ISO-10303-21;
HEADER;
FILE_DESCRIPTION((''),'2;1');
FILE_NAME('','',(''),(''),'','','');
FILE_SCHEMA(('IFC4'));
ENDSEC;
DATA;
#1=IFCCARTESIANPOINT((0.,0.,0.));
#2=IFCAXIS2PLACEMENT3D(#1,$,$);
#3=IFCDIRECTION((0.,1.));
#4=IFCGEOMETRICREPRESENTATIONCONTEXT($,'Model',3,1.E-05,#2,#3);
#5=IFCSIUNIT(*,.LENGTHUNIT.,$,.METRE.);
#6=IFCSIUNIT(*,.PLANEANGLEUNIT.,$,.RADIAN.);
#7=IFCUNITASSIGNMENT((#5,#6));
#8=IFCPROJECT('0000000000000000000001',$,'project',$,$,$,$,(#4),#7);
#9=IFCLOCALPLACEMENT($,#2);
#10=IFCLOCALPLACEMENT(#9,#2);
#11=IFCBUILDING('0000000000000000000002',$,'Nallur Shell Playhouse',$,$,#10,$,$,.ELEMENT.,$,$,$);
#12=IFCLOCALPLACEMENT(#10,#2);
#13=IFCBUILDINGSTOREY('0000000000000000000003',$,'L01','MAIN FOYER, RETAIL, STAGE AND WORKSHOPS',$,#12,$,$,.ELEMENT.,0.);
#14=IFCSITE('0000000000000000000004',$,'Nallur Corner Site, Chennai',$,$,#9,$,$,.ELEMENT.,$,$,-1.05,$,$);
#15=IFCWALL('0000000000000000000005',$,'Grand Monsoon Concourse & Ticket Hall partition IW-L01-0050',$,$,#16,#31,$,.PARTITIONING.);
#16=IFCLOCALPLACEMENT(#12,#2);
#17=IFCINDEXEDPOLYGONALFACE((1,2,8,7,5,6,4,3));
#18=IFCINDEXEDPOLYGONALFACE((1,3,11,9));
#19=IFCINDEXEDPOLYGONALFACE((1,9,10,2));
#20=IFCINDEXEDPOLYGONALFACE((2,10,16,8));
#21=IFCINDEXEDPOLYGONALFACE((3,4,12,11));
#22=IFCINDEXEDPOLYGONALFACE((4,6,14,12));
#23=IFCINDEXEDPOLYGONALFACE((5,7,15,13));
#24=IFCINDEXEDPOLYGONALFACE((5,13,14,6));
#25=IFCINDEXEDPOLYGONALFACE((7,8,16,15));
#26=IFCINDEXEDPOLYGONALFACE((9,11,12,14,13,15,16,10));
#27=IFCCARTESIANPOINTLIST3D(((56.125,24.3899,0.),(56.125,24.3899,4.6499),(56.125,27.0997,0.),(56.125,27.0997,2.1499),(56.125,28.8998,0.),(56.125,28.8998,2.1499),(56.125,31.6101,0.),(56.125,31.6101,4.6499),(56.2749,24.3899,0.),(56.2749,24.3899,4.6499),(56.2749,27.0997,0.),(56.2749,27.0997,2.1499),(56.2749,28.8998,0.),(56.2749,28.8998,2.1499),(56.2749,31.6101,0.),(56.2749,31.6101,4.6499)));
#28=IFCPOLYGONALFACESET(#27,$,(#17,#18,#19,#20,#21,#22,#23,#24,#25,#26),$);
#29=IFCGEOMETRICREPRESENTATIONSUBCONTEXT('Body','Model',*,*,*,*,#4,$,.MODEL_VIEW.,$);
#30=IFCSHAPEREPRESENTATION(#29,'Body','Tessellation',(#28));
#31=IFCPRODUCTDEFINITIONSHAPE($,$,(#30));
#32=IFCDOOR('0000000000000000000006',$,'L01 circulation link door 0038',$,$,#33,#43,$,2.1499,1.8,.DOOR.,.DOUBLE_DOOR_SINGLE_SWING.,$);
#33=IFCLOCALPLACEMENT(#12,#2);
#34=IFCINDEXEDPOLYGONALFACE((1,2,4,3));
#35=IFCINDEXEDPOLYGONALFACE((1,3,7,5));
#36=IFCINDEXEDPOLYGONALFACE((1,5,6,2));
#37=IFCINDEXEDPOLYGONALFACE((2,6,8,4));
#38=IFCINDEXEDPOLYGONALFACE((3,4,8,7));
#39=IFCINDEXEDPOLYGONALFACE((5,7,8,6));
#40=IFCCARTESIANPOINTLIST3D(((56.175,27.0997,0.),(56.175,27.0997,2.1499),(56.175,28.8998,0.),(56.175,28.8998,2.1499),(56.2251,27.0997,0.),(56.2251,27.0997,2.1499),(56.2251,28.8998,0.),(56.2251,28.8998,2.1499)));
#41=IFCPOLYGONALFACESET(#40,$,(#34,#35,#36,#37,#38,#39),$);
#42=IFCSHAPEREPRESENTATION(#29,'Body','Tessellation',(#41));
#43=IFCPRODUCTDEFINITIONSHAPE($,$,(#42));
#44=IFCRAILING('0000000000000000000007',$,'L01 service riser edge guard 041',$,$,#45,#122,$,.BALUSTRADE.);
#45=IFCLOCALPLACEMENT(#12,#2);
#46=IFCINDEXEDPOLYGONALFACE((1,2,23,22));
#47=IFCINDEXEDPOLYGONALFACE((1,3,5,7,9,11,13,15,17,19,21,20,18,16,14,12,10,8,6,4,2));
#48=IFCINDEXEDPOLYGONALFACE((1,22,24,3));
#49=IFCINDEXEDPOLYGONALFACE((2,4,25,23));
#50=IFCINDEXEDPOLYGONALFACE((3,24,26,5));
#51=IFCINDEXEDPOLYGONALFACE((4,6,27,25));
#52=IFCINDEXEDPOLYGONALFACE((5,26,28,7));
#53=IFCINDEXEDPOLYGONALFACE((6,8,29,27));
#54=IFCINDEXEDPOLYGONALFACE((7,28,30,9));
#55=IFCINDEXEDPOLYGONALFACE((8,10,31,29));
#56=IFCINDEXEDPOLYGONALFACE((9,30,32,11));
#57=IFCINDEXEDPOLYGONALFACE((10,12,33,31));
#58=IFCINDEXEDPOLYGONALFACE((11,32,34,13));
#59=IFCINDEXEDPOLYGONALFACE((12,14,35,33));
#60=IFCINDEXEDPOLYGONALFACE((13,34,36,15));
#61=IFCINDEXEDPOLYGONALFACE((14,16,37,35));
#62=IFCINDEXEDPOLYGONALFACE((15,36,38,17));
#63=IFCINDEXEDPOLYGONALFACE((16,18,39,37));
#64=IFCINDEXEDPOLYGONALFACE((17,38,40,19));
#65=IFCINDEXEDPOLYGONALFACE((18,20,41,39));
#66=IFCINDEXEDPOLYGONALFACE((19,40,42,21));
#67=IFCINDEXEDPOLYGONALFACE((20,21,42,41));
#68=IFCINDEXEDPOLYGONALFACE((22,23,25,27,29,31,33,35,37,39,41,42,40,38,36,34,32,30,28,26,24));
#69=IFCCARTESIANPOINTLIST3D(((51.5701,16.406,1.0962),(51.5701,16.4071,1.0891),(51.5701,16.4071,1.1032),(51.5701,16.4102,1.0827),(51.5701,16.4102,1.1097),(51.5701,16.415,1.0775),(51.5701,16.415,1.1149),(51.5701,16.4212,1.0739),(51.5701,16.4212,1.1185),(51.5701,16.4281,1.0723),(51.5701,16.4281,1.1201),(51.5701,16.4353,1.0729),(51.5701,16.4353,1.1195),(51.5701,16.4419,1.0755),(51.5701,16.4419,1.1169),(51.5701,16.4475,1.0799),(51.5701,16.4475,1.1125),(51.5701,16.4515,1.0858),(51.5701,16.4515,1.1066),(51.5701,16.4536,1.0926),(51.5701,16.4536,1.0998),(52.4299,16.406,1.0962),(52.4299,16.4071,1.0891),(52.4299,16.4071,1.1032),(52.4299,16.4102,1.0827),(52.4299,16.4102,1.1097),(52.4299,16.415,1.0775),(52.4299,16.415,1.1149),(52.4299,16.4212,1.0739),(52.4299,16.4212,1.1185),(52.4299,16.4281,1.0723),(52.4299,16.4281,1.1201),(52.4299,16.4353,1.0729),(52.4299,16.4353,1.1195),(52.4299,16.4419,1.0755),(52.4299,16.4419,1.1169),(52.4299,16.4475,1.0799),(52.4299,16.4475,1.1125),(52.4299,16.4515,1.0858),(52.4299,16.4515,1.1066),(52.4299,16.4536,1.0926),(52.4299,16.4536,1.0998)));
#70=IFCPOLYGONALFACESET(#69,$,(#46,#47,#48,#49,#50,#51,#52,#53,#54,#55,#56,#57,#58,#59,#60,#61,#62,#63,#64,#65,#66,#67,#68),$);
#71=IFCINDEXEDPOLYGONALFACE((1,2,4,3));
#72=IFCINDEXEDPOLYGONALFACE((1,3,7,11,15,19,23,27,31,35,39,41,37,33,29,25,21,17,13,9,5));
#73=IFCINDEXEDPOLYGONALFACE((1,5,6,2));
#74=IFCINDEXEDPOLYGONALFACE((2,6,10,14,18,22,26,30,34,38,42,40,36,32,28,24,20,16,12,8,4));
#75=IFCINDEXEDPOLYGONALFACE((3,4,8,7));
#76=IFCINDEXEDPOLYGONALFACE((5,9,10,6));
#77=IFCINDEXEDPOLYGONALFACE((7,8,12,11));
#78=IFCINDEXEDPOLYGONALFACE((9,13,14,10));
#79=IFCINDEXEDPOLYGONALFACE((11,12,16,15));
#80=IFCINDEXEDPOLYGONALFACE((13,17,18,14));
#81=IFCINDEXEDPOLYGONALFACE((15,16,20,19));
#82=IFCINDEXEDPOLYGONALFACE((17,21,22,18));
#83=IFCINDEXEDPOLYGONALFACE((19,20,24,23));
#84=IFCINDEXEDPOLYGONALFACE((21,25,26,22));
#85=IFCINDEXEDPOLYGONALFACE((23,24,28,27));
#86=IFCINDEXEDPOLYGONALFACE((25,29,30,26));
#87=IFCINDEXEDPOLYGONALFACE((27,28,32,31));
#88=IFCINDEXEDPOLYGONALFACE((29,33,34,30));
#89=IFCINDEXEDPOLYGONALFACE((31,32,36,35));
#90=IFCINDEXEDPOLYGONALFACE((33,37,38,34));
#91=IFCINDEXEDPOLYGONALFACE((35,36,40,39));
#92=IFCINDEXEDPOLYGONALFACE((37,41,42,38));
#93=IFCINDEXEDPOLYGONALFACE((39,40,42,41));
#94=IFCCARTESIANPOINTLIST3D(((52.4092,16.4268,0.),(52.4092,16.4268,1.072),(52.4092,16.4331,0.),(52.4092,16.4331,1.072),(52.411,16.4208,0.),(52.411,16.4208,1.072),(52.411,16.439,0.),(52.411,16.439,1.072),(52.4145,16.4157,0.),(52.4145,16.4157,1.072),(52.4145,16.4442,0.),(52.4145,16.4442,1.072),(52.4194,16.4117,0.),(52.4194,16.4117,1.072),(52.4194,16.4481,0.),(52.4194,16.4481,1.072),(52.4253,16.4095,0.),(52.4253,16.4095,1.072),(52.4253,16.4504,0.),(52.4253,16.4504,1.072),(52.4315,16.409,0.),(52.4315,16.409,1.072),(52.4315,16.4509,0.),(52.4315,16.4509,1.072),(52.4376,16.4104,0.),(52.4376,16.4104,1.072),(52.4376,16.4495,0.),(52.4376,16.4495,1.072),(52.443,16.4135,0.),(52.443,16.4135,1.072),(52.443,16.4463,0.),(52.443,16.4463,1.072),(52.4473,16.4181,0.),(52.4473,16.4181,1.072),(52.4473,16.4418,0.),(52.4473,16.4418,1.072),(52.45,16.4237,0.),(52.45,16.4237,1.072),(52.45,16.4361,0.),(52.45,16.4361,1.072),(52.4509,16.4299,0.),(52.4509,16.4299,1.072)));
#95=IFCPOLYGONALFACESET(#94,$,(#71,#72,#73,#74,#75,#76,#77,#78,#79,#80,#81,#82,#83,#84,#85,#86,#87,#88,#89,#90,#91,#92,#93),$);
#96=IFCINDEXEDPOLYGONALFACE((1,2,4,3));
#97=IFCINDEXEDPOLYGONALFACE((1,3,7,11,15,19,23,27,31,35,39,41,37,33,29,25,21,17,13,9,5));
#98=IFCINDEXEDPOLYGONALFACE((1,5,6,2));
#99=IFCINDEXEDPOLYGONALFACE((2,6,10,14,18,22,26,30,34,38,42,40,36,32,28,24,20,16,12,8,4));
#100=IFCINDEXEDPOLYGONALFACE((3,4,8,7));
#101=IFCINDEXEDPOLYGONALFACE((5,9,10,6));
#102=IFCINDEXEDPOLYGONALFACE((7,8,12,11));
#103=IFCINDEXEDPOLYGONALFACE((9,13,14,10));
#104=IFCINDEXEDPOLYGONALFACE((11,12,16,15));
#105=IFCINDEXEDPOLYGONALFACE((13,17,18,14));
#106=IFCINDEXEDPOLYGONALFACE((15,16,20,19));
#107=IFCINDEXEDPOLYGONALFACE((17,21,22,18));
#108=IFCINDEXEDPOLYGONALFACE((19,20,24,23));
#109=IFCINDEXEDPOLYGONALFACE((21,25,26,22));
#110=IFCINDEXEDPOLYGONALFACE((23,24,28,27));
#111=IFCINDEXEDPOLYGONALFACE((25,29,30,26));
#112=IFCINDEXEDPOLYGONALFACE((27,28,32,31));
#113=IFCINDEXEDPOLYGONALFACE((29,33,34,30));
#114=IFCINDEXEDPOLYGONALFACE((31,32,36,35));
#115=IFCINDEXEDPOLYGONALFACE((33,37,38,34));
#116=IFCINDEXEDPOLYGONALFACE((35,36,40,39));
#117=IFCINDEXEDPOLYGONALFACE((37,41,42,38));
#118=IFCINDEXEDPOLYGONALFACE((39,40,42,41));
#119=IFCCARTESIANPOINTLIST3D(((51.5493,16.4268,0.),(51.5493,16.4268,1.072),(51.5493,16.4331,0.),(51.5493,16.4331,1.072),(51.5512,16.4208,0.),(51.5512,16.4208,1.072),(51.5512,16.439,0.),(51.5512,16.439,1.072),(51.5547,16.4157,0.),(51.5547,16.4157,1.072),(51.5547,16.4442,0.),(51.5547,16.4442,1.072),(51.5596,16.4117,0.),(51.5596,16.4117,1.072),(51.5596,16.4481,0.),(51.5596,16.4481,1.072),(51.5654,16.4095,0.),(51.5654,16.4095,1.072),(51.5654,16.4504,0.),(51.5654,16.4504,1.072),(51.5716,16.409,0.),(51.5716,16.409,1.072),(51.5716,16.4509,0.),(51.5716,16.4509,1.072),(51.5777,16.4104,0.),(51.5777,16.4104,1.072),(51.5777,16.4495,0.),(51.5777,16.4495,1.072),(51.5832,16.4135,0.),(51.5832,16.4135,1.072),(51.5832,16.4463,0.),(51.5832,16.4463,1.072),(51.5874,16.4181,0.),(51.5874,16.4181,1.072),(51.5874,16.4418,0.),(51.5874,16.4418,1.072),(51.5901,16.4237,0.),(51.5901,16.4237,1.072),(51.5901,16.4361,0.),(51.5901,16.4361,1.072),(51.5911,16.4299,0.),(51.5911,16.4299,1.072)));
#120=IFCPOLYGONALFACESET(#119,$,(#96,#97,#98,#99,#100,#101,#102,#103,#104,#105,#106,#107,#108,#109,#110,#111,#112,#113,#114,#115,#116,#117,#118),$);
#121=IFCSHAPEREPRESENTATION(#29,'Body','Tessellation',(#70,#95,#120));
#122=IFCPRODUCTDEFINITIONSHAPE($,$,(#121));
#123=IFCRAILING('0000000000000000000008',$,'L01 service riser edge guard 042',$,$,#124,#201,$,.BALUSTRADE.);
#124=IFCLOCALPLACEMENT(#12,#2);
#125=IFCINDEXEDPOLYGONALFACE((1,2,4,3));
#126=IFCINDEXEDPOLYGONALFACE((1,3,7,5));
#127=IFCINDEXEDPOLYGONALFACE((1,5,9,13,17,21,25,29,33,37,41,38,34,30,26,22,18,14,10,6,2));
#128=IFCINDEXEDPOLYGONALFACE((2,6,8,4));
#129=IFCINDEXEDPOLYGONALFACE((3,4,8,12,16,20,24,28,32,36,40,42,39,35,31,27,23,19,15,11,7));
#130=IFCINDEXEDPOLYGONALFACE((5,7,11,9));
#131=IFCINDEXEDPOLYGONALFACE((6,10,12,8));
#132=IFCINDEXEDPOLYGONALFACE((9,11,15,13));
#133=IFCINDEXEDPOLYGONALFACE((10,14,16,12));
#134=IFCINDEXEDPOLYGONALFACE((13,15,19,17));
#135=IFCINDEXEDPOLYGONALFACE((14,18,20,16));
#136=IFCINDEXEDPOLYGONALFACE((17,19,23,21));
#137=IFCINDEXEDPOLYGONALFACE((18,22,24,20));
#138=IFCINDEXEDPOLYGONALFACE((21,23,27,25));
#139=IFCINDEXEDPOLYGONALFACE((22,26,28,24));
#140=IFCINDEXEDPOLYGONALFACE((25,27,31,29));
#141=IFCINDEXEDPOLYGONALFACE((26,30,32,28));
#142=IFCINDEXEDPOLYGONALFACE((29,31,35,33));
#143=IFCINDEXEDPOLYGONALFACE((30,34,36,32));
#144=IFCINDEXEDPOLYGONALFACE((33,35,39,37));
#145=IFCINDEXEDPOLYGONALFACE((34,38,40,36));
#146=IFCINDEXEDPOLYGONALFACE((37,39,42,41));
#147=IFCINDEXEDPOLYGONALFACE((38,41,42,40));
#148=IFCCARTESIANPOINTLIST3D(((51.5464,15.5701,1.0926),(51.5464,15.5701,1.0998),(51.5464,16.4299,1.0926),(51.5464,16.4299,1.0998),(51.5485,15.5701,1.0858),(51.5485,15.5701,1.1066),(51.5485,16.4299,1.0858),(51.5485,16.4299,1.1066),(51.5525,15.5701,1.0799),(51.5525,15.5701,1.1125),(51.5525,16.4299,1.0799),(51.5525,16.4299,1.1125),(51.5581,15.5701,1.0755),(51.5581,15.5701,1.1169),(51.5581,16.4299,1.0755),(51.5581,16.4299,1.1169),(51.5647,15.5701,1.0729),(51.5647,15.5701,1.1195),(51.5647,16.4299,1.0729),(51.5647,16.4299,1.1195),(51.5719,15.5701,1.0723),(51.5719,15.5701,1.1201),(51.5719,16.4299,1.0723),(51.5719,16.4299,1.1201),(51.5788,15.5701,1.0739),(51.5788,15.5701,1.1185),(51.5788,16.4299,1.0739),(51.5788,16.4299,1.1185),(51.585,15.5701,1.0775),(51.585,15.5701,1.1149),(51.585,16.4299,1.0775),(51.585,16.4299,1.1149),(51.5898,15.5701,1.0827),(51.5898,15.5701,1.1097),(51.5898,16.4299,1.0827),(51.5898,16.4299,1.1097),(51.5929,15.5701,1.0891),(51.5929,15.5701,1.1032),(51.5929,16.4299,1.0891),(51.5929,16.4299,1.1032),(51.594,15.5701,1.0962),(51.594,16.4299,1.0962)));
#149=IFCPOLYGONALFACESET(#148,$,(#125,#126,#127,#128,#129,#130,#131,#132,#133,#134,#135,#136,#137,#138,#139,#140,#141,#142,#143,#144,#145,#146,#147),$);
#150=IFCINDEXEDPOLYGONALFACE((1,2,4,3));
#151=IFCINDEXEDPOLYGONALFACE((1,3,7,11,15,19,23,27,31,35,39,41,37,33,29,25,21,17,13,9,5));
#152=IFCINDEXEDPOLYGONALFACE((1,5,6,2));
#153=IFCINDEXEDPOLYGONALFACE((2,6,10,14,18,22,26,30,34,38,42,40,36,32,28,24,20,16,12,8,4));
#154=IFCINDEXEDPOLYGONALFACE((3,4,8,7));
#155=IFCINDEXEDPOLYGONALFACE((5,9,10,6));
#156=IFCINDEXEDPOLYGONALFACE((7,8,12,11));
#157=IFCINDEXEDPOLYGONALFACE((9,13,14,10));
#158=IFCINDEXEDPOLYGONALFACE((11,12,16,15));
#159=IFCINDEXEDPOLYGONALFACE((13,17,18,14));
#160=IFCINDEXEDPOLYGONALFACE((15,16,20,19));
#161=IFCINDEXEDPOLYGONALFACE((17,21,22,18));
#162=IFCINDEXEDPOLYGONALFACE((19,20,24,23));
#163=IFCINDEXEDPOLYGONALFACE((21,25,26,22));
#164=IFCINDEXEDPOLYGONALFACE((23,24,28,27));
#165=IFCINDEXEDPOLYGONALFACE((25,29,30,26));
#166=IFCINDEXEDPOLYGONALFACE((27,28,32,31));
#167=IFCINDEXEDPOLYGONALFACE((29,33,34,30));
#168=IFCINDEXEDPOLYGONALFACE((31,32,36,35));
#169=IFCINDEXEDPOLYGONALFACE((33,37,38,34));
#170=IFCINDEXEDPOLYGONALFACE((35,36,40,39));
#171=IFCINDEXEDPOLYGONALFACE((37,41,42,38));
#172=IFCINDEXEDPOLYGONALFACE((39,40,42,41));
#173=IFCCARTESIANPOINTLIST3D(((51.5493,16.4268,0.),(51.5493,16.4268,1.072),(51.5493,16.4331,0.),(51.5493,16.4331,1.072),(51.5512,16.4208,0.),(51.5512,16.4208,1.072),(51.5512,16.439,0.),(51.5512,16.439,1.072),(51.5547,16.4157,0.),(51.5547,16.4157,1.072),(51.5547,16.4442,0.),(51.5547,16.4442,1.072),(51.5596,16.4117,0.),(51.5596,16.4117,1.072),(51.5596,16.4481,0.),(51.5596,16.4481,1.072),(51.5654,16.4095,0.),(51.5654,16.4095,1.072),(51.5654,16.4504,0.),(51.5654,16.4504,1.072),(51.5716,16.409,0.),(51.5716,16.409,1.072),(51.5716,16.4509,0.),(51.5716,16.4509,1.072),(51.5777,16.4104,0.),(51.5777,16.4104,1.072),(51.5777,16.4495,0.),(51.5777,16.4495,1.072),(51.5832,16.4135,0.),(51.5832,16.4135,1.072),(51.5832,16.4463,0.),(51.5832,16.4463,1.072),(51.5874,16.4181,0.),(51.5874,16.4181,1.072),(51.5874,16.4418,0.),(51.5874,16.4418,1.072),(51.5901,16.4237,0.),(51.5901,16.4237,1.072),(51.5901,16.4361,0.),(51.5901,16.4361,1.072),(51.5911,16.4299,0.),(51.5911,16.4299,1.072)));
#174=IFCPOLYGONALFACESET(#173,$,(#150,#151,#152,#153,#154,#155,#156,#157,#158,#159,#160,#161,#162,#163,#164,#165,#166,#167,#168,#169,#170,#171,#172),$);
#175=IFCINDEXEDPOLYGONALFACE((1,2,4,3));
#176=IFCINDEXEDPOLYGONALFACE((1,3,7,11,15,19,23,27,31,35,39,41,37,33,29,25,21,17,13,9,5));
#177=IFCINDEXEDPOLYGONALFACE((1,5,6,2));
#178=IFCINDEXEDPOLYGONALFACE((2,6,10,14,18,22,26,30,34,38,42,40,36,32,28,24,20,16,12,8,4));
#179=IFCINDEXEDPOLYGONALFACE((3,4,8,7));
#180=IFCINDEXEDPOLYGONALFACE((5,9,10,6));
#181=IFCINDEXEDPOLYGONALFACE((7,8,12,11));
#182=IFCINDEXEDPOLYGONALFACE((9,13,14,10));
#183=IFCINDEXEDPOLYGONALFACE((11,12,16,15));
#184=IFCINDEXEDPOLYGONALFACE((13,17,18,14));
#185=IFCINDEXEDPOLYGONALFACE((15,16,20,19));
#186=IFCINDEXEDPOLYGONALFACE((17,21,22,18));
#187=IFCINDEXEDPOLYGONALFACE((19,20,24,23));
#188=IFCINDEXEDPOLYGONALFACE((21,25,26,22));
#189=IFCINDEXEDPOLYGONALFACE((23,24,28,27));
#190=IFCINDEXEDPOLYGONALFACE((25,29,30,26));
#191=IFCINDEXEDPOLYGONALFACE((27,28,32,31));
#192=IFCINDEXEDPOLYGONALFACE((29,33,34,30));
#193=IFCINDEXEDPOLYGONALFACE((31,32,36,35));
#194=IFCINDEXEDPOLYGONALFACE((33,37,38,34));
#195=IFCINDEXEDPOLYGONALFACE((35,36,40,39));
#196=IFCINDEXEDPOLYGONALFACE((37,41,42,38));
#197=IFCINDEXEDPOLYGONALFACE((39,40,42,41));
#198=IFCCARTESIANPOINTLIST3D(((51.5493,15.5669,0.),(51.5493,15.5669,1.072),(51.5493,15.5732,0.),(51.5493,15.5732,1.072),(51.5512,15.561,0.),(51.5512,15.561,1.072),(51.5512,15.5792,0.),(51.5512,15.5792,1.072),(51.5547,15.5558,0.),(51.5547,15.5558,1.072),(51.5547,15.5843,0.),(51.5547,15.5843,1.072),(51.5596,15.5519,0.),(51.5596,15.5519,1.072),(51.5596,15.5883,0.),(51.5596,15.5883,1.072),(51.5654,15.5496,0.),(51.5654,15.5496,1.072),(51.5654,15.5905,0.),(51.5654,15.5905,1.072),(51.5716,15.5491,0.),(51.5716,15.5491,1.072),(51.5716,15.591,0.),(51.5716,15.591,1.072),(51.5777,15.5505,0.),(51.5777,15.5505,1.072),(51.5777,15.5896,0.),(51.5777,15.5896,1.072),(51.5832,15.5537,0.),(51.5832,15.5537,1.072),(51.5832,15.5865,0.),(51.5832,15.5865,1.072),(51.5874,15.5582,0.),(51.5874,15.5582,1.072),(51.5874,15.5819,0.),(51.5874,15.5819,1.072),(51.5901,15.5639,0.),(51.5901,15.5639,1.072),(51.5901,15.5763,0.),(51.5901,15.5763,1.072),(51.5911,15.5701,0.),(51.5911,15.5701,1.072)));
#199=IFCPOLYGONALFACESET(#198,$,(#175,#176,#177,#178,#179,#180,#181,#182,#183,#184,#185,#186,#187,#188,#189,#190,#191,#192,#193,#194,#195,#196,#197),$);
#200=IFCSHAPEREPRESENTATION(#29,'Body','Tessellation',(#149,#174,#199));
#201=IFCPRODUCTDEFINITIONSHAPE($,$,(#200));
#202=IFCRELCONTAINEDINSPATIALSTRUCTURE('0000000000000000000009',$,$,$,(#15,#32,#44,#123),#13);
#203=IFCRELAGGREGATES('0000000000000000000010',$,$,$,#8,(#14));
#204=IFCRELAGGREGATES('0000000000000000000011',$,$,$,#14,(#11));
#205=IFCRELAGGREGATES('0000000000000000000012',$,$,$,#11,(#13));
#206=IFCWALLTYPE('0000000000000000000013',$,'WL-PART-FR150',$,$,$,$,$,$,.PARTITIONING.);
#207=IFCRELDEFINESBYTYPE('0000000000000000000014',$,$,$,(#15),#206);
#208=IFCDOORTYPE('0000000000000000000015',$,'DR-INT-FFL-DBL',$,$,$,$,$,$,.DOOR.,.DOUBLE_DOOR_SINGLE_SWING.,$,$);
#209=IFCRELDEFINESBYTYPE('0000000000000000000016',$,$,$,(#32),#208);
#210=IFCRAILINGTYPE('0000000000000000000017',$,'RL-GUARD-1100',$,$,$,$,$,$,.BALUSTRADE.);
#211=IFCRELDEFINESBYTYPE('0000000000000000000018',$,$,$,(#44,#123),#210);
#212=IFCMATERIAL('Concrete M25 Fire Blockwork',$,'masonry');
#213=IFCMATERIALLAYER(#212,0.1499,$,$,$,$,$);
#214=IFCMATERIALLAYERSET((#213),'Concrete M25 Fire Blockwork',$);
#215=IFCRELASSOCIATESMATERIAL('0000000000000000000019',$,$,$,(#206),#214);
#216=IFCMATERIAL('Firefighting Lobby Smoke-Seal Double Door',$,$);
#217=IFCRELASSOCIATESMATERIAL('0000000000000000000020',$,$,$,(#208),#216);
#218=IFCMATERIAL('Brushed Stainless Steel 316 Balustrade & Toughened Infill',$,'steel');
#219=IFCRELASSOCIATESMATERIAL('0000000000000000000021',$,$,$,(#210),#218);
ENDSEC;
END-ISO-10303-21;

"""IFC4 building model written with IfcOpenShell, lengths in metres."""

from ifc_helpers import new_model, si_unit, direction, frame, frame_2d, origin, origin_2d, place, context, subcontext, project, spatial, rectangle, circle, extrude, material, layer, layer_set, type_object, element, fill, save


model = new_model("IFC4")

# Units and contexts
model_context = context("Model", 3, precision=1e-05, world=origin(), true_north=direction((0.0, 1.0)))
body_context = subcontext(model_context, "Body", "Model", "MODEL_VIEW")
ifc_project = project(units=[si_unit("LENGTHUNIT", "METRE"), si_unit("PLANEANGLEUNIT", "RADIAN")], contexts=[model_context])

# Site, building, storey
site_placement = place(None, origin())
site = spatial("IfcSite", under=ifc_project, at=site_placement, Name="Nallur Corner Site, Chennai", CompositionType="ELEMENT", RefElevation=-1.05)
building_placement = place(site_placement, origin())
building = spatial("IfcBuilding", under=site, at=building_placement, Name="Nallur Shell Playhouse", CompositionType="ELEMENT")
storey_placement = place(building_placement, origin())
storey = spatial("IfcBuildingStorey", under=building, at=storey_placement, Name="L01", Description="MAIN FOYER, RETAIL, STAGE AND WORKSHOPS", CompositionType="ELEMENT", Elevation=0.0)

# Wall, opening, door
ifc_material_1 = material(Name="Concrete M25 Fire Blockwork", Category="masonry")
ifc_layer = layer(ifc_material_1, 0.1499)
ifc_layer_set = layer_set([ifc_layer], Name="Concrete M25 Fire Blockwork")
wall_type = type_object("IfcWallType", Name="WL-PART-FR150", PredefinedType="PARTITIONING", material=ifc_layer_set)
ifc_material_2 = material(Name="Firefighting Lobby Smoke-Seal Double Door")
door_type = type_object("IfcDoorType", Name="DR-INT-FFL-DBL", OperationType="DOUBLE_DOOR_SINGLE_SWING", PredefinedType="DOOR", material=ifc_material_2)
wall_1_placement = place(storey_placement, frame((56.2, 24.3899, 0.0), z_axis=(0.0, 0.0, 1.0), x_axis=(0.0, 1.0, 0.0)))
wall_1 = element("IfcWall", 1, at=wall_1_placement, inside=storey, type_object=wall_type, Name="Grand Monsoon Concourse & Ticket Hall partition IW-L01-0050", PredefinedType="PARTITIONING", context=body_context, shape_type="SweptSolid", body=[
    extrude(rectangle(XDim=7.2202, YDim=0.1499, at=frame_2d((3.6101, 0.0))), origin(), (0.0, 0.0, 1.0), 4.6499),
])
opening_1_placement = place(wall_1_placement, frame((2.71, 0.0, 0.0)))
opening_1 = element("IfcOpeningElement", 2, at=opening_1_placement, cuts=wall_1, PredefinedType="OPENING", context=body_context, shape_type="SweptSolid", body=[
    extrude(rectangle(XDim=1.8, YDim=2.1499, at=frame_2d((0.8999, 1.075))), frame((0.0, 0.085, 0.0), z_axis=(0.0, -1.0, 0.0), x_axis=(1.0, 0.0, 0.0)), (0.0, 0.0, 1.0), 0.1699),
])
door_1_placement = place(opening_1_placement, origin())
door_1 = element("IfcDoor", 3, at=door_1_placement, inside=storey, type_object=door_type, Name="L01 circulation link door 0038", OperationType="DOUBLE_DOOR_SINGLE_SWING", OverallHeight=2.1499, OverallWidth=1.8, PredefinedType="DOOR", context=body_context, shape_type="SweptSolid", body=[
    extrude(rectangle(XDim=1.8, YDim=2.1499, at=frame_2d((0.8999, 1.075))), frame((0.0, 0.0249, 0.0), z_axis=(0.0, -1.0, 0.0), x_axis=(1.0, 0.0, 0.0)), (0.0, 0.0, 1.0), 0.05),
])
fill(opening_1, door_1)

# Railings
ifc_material_3 = material(Name="Brushed Stainless Steel 316 Balustrade & Toughened Infill", Category="steel")
railing_type = type_object("IfcRailingType", Name="RL-GUARD-1100", PredefinedType="BALUSTRADE", material=ifc_material_3)
railing_1_placement = place(storey_placement, frame((52.4299, 16.4299, 0.0)))
element("IfcRailing", 4, at=railing_1_placement, inside=storey, type_object=railing_type, Name="L01 service riser edge guard 041", PredefinedType="BALUSTRADE", context=body_context, shape_type="SweptSolid", body=[
    extrude(circle(Radius=0.0239, at=origin_2d()), frame((0.0, 0.0, 1.0962), z_axis=(-1.0, 0.0, 0.0), x_axis=(0.0, -1.0, 0.0)), (0.0, 0.0, 1.0), 0.8599),
    extrude(circle(Radius=0.021, at=origin_2d()), origin(), (0.0, 0.0, 1.0), 1.072),
    extrude(circle(Radius=0.021, at=origin_2d()), frame((-0.8599, 0.0, 0.0)), (0.0, 0.0, 1.0), 1.072),
])
railing_2_placement = place(storey_placement, frame((51.5701, 16.4299, 0.0)))
element("IfcRailing", 5, at=railing_2_placement, inside=storey, type_object=railing_type, Name="L01 service riser edge guard 042", PredefinedType="BALUSTRADE", context=body_context, shape_type="SweptSolid", body=[
    extrude(circle(Radius=0.0239, at=origin_2d()), frame((0.0, 0.0, 1.0962), z_axis=(0.0, -1.0, 0.0), x_axis=(1.0, 0.0, 0.0)), (0.0, 0.0, 1.0), 0.8599),
    extrude(circle(Radius=0.021, at=origin_2d()), origin(), (0.0, 0.0, 1.0), 1.072),
    extrude(circle(Radius=0.021, at=origin_2d()), frame((0.0, -0.8599, 0.0)), (0.0, 0.0, 1.0), 1.072),
])

save(model, "model.ifc")
